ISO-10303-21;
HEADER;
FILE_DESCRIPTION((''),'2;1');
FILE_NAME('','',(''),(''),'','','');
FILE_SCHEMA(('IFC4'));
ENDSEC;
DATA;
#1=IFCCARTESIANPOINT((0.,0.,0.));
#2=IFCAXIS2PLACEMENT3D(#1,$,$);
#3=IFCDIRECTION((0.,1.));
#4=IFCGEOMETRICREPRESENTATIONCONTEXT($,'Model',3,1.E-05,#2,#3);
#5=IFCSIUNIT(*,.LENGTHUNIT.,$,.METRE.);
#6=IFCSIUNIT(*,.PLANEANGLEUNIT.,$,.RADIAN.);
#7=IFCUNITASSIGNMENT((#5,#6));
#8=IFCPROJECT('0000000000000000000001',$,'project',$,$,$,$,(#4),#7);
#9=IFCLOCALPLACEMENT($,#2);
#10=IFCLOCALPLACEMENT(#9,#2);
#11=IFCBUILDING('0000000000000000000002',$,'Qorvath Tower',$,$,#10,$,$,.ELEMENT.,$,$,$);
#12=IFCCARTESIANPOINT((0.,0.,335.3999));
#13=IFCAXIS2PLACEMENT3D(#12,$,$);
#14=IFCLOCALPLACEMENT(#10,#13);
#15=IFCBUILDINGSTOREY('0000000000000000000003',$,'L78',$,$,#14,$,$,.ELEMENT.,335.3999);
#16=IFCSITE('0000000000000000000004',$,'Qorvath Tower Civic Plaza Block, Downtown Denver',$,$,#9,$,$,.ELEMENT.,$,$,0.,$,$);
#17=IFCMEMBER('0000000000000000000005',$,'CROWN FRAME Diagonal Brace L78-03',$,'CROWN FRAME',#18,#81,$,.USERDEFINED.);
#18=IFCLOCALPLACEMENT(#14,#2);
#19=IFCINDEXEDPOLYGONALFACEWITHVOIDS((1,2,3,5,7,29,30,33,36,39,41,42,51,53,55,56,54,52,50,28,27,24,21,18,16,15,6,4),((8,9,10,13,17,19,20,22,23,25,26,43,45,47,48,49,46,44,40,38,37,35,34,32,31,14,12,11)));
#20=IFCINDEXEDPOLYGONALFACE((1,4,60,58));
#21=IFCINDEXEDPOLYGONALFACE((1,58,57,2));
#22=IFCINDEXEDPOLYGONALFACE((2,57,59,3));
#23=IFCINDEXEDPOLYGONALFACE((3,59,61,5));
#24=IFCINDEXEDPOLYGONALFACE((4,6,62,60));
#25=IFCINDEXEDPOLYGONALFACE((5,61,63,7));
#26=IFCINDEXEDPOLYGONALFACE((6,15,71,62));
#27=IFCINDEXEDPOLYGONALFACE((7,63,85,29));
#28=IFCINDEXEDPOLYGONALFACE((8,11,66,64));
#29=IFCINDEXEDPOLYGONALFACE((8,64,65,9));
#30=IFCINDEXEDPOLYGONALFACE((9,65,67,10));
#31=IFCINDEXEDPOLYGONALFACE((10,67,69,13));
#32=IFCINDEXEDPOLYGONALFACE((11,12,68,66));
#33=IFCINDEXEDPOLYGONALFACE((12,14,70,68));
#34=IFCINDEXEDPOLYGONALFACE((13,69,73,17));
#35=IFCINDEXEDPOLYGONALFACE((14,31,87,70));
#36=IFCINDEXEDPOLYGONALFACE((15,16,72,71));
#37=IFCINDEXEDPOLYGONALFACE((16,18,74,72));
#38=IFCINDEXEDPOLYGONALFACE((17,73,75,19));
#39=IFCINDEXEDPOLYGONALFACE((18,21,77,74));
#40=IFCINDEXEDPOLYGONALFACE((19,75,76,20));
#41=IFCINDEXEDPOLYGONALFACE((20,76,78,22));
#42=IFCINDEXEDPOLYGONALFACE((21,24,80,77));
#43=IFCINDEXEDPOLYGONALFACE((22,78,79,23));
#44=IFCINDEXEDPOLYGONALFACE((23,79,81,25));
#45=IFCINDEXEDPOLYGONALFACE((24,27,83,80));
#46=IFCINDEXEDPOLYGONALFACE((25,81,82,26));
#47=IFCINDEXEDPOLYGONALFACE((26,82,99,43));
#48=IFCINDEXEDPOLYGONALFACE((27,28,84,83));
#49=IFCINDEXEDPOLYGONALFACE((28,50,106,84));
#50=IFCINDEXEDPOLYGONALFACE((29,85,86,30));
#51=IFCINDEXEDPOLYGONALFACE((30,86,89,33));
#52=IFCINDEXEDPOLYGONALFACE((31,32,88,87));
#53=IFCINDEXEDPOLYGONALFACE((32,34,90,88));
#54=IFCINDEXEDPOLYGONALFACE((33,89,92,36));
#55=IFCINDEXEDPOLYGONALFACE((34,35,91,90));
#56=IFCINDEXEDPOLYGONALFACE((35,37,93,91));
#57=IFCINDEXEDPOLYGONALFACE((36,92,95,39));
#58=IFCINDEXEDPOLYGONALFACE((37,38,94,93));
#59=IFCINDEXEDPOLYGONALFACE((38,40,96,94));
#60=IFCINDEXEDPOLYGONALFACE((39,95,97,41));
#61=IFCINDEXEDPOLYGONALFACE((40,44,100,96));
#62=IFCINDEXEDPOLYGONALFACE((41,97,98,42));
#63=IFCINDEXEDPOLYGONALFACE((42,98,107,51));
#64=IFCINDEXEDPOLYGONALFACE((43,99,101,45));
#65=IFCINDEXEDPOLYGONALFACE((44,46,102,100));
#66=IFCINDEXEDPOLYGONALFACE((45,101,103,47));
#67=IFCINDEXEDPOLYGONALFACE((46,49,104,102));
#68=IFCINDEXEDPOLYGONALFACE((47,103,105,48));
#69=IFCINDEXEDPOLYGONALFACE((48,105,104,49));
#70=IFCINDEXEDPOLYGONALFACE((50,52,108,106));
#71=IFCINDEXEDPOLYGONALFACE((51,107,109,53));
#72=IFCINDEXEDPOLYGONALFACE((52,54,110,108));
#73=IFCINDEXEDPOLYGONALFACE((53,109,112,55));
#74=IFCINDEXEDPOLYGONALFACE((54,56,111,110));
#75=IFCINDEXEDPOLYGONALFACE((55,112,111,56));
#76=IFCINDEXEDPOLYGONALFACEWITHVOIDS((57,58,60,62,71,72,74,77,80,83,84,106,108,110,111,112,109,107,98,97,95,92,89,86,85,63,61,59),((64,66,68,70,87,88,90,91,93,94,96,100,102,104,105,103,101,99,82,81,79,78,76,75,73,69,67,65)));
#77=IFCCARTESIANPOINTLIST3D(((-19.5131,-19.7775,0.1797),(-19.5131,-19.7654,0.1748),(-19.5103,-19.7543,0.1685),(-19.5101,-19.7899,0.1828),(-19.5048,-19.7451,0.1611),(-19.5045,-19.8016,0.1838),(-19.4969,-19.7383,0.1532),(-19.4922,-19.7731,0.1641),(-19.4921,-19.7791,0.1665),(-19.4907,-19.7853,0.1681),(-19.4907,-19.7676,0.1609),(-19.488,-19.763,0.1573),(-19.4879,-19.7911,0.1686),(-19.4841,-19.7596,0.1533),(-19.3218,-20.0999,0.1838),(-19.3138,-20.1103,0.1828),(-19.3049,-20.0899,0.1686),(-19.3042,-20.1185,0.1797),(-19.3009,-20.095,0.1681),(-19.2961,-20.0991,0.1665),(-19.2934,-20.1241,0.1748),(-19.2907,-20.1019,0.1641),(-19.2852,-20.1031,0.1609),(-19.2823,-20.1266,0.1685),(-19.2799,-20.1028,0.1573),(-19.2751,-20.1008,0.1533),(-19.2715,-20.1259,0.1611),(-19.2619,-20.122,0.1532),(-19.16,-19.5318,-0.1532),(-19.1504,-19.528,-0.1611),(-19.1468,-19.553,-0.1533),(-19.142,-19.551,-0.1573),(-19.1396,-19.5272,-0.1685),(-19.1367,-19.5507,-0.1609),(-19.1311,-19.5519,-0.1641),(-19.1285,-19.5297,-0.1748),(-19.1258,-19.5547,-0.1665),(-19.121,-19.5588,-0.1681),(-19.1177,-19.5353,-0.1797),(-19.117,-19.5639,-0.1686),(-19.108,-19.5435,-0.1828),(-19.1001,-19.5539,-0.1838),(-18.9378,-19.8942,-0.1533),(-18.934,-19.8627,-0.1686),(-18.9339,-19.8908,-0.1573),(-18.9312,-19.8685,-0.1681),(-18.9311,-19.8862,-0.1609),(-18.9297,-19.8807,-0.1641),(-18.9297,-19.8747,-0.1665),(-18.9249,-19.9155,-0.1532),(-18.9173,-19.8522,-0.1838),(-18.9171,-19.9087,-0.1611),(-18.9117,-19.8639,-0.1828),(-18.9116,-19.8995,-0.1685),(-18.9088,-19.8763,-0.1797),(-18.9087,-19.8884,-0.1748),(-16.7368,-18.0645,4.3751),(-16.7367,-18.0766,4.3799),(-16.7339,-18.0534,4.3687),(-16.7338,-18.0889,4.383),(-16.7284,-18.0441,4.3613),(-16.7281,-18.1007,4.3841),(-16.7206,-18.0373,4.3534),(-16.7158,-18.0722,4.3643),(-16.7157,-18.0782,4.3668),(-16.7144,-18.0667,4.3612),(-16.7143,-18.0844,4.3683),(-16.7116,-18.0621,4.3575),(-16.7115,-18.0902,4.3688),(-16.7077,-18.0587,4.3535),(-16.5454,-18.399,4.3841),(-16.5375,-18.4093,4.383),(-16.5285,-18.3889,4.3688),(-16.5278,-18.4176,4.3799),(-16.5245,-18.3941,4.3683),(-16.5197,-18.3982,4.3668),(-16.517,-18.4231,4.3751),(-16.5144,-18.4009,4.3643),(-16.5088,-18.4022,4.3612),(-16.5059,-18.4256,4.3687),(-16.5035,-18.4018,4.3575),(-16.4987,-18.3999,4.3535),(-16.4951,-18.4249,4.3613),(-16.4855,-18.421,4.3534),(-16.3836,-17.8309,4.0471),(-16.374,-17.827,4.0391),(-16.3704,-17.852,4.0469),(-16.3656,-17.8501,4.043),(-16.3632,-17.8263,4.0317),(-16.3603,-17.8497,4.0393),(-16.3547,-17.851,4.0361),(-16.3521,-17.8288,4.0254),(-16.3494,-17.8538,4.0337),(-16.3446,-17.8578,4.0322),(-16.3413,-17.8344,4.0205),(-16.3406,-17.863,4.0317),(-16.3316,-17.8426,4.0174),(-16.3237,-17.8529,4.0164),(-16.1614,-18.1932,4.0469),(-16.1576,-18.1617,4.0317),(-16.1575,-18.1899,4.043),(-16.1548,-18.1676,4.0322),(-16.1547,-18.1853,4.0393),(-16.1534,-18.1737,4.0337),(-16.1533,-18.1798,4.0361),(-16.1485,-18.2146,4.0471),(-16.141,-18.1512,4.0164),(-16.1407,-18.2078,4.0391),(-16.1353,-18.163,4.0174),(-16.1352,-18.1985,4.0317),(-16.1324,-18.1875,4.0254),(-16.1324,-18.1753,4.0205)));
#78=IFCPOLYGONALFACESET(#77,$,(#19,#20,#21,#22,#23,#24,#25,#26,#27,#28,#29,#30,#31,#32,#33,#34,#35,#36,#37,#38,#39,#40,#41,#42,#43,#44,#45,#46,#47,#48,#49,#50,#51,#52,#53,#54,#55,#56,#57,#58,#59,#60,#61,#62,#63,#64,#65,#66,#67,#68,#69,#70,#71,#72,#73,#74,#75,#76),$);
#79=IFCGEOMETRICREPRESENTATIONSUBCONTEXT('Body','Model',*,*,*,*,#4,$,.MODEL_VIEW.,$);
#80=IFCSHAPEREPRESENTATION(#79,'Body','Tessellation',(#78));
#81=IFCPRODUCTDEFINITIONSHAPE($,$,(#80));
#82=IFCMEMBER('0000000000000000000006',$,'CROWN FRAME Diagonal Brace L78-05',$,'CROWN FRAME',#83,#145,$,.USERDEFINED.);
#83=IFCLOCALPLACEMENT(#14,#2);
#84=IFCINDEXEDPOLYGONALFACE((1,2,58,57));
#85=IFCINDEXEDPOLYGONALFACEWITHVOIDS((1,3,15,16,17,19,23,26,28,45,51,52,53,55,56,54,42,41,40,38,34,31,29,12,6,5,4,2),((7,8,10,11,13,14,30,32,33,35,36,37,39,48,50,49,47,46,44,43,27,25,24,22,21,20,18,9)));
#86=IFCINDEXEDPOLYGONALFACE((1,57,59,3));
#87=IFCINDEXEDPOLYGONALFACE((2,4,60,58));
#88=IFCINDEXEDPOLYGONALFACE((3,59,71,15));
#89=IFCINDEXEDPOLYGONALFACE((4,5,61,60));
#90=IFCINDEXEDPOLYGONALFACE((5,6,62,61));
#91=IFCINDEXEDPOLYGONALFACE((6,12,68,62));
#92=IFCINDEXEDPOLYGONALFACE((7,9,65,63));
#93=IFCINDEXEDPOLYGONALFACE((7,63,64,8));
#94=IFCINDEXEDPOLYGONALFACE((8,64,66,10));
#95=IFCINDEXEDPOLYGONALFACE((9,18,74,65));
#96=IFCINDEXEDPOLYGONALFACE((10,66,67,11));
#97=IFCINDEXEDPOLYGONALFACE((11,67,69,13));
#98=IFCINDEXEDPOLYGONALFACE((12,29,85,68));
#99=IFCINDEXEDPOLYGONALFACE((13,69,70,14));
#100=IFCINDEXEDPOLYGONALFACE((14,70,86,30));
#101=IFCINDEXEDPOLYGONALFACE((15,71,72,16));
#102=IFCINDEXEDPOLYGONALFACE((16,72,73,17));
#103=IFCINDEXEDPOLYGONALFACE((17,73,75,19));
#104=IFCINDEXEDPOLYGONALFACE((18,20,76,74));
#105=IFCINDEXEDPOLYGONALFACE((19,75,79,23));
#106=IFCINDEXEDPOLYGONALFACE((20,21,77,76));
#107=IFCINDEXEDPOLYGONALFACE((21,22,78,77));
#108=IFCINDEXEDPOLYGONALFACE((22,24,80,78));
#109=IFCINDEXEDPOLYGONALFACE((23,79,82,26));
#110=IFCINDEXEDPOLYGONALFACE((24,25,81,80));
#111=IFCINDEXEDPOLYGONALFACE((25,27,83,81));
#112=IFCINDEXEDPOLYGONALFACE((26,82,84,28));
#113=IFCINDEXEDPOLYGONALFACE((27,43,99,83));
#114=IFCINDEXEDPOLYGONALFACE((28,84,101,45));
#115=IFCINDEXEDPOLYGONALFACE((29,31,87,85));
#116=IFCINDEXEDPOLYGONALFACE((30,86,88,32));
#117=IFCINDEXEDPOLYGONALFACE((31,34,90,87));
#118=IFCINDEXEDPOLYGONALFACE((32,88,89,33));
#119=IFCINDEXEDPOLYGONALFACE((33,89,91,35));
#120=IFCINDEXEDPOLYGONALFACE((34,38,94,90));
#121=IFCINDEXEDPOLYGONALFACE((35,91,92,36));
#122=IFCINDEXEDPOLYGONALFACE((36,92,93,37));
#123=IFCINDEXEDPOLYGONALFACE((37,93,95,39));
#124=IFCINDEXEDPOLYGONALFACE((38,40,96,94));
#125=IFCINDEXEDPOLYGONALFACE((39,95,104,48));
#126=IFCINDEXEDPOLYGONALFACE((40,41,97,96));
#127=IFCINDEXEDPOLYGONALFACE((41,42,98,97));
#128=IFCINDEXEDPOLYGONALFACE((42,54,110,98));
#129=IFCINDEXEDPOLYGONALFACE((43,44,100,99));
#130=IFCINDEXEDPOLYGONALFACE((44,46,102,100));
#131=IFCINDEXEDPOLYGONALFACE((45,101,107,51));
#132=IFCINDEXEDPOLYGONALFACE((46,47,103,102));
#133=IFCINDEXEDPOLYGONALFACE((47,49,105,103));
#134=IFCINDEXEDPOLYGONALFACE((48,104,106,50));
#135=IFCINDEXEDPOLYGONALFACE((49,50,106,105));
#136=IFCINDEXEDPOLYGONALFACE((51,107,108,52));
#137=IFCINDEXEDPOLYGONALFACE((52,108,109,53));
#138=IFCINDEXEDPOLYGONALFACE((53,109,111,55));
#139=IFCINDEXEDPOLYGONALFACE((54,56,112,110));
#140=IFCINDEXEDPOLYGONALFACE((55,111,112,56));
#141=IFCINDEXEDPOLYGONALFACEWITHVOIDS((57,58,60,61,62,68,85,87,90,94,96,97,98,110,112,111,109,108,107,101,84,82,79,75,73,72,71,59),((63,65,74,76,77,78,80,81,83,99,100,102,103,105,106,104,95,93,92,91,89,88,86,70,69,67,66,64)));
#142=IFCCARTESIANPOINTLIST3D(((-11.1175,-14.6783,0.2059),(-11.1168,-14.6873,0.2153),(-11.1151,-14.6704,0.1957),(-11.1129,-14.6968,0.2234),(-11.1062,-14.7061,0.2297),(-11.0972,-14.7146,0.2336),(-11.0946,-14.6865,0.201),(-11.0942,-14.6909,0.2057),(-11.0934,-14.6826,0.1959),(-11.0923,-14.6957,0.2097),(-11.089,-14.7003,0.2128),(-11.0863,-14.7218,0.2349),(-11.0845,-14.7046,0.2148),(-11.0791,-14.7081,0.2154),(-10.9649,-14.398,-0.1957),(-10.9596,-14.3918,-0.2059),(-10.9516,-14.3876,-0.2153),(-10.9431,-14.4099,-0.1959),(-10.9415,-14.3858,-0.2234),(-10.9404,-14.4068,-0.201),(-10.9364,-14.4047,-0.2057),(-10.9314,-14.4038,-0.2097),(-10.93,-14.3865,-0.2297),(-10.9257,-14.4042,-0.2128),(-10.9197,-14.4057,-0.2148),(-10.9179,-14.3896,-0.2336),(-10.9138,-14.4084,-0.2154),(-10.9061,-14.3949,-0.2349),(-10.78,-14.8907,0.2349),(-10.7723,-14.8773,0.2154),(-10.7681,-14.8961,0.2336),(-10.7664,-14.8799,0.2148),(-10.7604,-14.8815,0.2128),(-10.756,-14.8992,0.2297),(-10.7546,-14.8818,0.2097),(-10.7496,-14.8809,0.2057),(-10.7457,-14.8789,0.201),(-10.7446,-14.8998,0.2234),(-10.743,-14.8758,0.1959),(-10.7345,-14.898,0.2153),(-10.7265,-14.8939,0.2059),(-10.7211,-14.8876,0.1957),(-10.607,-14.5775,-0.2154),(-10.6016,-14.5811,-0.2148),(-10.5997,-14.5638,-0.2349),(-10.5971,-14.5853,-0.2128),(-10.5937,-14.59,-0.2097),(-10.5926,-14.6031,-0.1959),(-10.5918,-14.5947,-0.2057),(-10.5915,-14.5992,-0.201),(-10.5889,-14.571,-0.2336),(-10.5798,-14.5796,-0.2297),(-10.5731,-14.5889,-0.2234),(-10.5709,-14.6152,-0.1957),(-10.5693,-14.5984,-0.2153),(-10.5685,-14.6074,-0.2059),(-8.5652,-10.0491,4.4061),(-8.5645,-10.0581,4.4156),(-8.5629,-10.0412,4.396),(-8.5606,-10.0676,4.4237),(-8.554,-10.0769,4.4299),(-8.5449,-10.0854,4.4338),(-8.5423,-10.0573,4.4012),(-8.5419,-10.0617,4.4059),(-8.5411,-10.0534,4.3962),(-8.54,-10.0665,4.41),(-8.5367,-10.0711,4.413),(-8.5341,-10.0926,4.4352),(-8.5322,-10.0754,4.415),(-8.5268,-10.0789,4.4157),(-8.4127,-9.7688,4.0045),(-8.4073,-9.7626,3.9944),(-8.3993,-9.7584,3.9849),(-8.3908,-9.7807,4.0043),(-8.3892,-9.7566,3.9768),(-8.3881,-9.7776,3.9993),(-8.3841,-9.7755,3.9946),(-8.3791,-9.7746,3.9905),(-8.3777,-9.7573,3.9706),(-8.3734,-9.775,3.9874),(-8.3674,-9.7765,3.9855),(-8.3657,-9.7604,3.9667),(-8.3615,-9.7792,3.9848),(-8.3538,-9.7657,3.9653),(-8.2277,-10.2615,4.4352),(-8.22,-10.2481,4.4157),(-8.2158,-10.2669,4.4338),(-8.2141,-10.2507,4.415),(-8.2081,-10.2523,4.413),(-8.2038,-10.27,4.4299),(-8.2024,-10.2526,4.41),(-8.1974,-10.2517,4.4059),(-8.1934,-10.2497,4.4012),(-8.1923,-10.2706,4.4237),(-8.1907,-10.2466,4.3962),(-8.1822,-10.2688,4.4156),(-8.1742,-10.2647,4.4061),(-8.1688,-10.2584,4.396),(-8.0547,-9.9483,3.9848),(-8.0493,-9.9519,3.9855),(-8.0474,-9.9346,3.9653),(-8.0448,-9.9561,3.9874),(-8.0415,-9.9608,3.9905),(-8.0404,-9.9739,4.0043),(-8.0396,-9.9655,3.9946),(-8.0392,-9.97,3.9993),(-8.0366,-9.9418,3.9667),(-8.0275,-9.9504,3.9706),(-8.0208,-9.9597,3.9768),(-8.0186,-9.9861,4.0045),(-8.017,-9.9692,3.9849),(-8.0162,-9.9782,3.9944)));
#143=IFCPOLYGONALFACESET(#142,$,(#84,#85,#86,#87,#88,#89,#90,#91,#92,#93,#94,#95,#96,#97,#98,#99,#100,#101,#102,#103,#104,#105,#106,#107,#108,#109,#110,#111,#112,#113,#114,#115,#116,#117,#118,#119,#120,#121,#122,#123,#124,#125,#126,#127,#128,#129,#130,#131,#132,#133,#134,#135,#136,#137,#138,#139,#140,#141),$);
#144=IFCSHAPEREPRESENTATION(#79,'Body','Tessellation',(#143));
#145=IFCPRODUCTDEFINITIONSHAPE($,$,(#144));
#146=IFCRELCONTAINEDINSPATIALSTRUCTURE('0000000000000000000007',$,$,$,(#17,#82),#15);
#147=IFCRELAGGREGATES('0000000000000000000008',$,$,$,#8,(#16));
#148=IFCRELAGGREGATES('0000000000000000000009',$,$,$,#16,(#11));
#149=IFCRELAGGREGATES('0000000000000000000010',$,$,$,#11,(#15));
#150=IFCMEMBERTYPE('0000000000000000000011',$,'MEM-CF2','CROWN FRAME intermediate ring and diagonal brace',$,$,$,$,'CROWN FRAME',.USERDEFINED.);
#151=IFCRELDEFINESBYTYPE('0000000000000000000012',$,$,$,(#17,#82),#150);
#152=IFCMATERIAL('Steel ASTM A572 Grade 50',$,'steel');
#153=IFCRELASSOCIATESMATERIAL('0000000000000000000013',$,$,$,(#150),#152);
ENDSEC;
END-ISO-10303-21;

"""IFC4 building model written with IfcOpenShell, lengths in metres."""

from ifc_helpers import new_model, si_unit, direction, frame, origin, origin_2d, place, context, subcontext, project, spatial, hollow_rectangle, extrude, material, material_profile, profile_set, type_object, element, save


model = new_model("IFC4")

# Units and contexts
model_context = context("Model", 3, precision=1e-05, world=origin(), true_north=direction((0.0, 1.0)))
body_context = subcontext(model_context, "Body", "Model", "MODEL_VIEW")
ifc_project = project(units=[si_unit("LENGTHUNIT", "METRE"), si_unit("PLANEANGLEUNIT", "RADIAN")], contexts=[model_context])

# Site, building, storey
site_placement = place(None, origin())
site = spatial("IfcSite", under=ifc_project, at=site_placement, Name="Qorvath Tower Civic Plaza Block, Downtown Denver", CompositionType="ELEMENT", RefElevation=0.0)
building_placement = place(site_placement, origin())
building = spatial("IfcBuilding", under=site, at=building_placement, Name="Qorvath Tower", CompositionType="ELEMENT")
storey_placement = place(building_placement, frame((0.0, 0.0, 335.3999)))
storey = spatial("IfcBuildingStorey", under=building, at=storey_placement, Name="L78", CompositionType="ELEMENT", Elevation=335.3999)

# Members
ifc_material_1 = material(Name="Steel ASTM A572 Grade 50", Category="steel")
ifc_material_profile_1 = material_profile(ifc_material_1, hollow_rectangle(XDim=0.45, YDim=0.6001, WallThickness=0.0249, InnerFilletRadius=0.0249, OuterFilletRadius=0.05, at=origin_2d()), Name="CROWN BOX 600x450x25")
ifc_profile_set_1 = profile_set([ifc_material_profile_1], Name="Steel ASTM A572 Grade 50")
member_type_1 = type_object("IfcMemberType", Name="MEM-CF2", Description="CROWN FRAME intermediate ring and diagonal brace", ElementType="CROWN FRAME", PredefinedType="USERDEFINED", material=ifc_profile_set_1)
member_1_placement = place(storey_placement, frame((-19.2109, -19.8269, 0.0), z_axis=(0.522422, 0.320059, 0.79034), x_axis=(-0.522402, 0.852699, 0.0)))
element("IfcMember", 1, at=member_1_placement, inside=storey, type_object=member_type_1, Name="CROWN FRAME Diagonal Brace L78-03", ObjectType="CROWN FRAME", PredefinedType="USERDEFINED", context=body_context, shape_type="SweptSolid", body=[
    extrude(hollow_rectangle(XDim=0.45, YDim=0.6001, WallThickness=0.0249, InnerFilletRadius=0.0249, OuterFilletRadius=0.05, at=origin_2d()), origin(), (0.0, 0.0, 1.0), 5.3145),
])
member_2_placement = place(storey_placement, frame((-10.843, -14.6428, 0.0), z_axis=(0.378019, 0.685634, 0.6221), x_axis=(-0.875719, 0.482821, 0.0)))
element("IfcMember", 2, at=member_2_placement, inside=storey, type_object=member_type_1, Name="CROWN FRAME Diagonal Brace L78-05", ObjectType="CROWN FRAME", PredefinedType="USERDEFINED", context=body_context, shape_type="SweptSolid", body=[
    extrude(hollow_rectangle(XDim=0.45, YDim=0.6001, WallThickness=0.0249, InnerFilletRadius=0.0249, OuterFilletRadius=0.05, at=origin_2d()), origin(), (0.0, 0.0, 1.0), 6.7517),
])

save(model, "model.ifc")
